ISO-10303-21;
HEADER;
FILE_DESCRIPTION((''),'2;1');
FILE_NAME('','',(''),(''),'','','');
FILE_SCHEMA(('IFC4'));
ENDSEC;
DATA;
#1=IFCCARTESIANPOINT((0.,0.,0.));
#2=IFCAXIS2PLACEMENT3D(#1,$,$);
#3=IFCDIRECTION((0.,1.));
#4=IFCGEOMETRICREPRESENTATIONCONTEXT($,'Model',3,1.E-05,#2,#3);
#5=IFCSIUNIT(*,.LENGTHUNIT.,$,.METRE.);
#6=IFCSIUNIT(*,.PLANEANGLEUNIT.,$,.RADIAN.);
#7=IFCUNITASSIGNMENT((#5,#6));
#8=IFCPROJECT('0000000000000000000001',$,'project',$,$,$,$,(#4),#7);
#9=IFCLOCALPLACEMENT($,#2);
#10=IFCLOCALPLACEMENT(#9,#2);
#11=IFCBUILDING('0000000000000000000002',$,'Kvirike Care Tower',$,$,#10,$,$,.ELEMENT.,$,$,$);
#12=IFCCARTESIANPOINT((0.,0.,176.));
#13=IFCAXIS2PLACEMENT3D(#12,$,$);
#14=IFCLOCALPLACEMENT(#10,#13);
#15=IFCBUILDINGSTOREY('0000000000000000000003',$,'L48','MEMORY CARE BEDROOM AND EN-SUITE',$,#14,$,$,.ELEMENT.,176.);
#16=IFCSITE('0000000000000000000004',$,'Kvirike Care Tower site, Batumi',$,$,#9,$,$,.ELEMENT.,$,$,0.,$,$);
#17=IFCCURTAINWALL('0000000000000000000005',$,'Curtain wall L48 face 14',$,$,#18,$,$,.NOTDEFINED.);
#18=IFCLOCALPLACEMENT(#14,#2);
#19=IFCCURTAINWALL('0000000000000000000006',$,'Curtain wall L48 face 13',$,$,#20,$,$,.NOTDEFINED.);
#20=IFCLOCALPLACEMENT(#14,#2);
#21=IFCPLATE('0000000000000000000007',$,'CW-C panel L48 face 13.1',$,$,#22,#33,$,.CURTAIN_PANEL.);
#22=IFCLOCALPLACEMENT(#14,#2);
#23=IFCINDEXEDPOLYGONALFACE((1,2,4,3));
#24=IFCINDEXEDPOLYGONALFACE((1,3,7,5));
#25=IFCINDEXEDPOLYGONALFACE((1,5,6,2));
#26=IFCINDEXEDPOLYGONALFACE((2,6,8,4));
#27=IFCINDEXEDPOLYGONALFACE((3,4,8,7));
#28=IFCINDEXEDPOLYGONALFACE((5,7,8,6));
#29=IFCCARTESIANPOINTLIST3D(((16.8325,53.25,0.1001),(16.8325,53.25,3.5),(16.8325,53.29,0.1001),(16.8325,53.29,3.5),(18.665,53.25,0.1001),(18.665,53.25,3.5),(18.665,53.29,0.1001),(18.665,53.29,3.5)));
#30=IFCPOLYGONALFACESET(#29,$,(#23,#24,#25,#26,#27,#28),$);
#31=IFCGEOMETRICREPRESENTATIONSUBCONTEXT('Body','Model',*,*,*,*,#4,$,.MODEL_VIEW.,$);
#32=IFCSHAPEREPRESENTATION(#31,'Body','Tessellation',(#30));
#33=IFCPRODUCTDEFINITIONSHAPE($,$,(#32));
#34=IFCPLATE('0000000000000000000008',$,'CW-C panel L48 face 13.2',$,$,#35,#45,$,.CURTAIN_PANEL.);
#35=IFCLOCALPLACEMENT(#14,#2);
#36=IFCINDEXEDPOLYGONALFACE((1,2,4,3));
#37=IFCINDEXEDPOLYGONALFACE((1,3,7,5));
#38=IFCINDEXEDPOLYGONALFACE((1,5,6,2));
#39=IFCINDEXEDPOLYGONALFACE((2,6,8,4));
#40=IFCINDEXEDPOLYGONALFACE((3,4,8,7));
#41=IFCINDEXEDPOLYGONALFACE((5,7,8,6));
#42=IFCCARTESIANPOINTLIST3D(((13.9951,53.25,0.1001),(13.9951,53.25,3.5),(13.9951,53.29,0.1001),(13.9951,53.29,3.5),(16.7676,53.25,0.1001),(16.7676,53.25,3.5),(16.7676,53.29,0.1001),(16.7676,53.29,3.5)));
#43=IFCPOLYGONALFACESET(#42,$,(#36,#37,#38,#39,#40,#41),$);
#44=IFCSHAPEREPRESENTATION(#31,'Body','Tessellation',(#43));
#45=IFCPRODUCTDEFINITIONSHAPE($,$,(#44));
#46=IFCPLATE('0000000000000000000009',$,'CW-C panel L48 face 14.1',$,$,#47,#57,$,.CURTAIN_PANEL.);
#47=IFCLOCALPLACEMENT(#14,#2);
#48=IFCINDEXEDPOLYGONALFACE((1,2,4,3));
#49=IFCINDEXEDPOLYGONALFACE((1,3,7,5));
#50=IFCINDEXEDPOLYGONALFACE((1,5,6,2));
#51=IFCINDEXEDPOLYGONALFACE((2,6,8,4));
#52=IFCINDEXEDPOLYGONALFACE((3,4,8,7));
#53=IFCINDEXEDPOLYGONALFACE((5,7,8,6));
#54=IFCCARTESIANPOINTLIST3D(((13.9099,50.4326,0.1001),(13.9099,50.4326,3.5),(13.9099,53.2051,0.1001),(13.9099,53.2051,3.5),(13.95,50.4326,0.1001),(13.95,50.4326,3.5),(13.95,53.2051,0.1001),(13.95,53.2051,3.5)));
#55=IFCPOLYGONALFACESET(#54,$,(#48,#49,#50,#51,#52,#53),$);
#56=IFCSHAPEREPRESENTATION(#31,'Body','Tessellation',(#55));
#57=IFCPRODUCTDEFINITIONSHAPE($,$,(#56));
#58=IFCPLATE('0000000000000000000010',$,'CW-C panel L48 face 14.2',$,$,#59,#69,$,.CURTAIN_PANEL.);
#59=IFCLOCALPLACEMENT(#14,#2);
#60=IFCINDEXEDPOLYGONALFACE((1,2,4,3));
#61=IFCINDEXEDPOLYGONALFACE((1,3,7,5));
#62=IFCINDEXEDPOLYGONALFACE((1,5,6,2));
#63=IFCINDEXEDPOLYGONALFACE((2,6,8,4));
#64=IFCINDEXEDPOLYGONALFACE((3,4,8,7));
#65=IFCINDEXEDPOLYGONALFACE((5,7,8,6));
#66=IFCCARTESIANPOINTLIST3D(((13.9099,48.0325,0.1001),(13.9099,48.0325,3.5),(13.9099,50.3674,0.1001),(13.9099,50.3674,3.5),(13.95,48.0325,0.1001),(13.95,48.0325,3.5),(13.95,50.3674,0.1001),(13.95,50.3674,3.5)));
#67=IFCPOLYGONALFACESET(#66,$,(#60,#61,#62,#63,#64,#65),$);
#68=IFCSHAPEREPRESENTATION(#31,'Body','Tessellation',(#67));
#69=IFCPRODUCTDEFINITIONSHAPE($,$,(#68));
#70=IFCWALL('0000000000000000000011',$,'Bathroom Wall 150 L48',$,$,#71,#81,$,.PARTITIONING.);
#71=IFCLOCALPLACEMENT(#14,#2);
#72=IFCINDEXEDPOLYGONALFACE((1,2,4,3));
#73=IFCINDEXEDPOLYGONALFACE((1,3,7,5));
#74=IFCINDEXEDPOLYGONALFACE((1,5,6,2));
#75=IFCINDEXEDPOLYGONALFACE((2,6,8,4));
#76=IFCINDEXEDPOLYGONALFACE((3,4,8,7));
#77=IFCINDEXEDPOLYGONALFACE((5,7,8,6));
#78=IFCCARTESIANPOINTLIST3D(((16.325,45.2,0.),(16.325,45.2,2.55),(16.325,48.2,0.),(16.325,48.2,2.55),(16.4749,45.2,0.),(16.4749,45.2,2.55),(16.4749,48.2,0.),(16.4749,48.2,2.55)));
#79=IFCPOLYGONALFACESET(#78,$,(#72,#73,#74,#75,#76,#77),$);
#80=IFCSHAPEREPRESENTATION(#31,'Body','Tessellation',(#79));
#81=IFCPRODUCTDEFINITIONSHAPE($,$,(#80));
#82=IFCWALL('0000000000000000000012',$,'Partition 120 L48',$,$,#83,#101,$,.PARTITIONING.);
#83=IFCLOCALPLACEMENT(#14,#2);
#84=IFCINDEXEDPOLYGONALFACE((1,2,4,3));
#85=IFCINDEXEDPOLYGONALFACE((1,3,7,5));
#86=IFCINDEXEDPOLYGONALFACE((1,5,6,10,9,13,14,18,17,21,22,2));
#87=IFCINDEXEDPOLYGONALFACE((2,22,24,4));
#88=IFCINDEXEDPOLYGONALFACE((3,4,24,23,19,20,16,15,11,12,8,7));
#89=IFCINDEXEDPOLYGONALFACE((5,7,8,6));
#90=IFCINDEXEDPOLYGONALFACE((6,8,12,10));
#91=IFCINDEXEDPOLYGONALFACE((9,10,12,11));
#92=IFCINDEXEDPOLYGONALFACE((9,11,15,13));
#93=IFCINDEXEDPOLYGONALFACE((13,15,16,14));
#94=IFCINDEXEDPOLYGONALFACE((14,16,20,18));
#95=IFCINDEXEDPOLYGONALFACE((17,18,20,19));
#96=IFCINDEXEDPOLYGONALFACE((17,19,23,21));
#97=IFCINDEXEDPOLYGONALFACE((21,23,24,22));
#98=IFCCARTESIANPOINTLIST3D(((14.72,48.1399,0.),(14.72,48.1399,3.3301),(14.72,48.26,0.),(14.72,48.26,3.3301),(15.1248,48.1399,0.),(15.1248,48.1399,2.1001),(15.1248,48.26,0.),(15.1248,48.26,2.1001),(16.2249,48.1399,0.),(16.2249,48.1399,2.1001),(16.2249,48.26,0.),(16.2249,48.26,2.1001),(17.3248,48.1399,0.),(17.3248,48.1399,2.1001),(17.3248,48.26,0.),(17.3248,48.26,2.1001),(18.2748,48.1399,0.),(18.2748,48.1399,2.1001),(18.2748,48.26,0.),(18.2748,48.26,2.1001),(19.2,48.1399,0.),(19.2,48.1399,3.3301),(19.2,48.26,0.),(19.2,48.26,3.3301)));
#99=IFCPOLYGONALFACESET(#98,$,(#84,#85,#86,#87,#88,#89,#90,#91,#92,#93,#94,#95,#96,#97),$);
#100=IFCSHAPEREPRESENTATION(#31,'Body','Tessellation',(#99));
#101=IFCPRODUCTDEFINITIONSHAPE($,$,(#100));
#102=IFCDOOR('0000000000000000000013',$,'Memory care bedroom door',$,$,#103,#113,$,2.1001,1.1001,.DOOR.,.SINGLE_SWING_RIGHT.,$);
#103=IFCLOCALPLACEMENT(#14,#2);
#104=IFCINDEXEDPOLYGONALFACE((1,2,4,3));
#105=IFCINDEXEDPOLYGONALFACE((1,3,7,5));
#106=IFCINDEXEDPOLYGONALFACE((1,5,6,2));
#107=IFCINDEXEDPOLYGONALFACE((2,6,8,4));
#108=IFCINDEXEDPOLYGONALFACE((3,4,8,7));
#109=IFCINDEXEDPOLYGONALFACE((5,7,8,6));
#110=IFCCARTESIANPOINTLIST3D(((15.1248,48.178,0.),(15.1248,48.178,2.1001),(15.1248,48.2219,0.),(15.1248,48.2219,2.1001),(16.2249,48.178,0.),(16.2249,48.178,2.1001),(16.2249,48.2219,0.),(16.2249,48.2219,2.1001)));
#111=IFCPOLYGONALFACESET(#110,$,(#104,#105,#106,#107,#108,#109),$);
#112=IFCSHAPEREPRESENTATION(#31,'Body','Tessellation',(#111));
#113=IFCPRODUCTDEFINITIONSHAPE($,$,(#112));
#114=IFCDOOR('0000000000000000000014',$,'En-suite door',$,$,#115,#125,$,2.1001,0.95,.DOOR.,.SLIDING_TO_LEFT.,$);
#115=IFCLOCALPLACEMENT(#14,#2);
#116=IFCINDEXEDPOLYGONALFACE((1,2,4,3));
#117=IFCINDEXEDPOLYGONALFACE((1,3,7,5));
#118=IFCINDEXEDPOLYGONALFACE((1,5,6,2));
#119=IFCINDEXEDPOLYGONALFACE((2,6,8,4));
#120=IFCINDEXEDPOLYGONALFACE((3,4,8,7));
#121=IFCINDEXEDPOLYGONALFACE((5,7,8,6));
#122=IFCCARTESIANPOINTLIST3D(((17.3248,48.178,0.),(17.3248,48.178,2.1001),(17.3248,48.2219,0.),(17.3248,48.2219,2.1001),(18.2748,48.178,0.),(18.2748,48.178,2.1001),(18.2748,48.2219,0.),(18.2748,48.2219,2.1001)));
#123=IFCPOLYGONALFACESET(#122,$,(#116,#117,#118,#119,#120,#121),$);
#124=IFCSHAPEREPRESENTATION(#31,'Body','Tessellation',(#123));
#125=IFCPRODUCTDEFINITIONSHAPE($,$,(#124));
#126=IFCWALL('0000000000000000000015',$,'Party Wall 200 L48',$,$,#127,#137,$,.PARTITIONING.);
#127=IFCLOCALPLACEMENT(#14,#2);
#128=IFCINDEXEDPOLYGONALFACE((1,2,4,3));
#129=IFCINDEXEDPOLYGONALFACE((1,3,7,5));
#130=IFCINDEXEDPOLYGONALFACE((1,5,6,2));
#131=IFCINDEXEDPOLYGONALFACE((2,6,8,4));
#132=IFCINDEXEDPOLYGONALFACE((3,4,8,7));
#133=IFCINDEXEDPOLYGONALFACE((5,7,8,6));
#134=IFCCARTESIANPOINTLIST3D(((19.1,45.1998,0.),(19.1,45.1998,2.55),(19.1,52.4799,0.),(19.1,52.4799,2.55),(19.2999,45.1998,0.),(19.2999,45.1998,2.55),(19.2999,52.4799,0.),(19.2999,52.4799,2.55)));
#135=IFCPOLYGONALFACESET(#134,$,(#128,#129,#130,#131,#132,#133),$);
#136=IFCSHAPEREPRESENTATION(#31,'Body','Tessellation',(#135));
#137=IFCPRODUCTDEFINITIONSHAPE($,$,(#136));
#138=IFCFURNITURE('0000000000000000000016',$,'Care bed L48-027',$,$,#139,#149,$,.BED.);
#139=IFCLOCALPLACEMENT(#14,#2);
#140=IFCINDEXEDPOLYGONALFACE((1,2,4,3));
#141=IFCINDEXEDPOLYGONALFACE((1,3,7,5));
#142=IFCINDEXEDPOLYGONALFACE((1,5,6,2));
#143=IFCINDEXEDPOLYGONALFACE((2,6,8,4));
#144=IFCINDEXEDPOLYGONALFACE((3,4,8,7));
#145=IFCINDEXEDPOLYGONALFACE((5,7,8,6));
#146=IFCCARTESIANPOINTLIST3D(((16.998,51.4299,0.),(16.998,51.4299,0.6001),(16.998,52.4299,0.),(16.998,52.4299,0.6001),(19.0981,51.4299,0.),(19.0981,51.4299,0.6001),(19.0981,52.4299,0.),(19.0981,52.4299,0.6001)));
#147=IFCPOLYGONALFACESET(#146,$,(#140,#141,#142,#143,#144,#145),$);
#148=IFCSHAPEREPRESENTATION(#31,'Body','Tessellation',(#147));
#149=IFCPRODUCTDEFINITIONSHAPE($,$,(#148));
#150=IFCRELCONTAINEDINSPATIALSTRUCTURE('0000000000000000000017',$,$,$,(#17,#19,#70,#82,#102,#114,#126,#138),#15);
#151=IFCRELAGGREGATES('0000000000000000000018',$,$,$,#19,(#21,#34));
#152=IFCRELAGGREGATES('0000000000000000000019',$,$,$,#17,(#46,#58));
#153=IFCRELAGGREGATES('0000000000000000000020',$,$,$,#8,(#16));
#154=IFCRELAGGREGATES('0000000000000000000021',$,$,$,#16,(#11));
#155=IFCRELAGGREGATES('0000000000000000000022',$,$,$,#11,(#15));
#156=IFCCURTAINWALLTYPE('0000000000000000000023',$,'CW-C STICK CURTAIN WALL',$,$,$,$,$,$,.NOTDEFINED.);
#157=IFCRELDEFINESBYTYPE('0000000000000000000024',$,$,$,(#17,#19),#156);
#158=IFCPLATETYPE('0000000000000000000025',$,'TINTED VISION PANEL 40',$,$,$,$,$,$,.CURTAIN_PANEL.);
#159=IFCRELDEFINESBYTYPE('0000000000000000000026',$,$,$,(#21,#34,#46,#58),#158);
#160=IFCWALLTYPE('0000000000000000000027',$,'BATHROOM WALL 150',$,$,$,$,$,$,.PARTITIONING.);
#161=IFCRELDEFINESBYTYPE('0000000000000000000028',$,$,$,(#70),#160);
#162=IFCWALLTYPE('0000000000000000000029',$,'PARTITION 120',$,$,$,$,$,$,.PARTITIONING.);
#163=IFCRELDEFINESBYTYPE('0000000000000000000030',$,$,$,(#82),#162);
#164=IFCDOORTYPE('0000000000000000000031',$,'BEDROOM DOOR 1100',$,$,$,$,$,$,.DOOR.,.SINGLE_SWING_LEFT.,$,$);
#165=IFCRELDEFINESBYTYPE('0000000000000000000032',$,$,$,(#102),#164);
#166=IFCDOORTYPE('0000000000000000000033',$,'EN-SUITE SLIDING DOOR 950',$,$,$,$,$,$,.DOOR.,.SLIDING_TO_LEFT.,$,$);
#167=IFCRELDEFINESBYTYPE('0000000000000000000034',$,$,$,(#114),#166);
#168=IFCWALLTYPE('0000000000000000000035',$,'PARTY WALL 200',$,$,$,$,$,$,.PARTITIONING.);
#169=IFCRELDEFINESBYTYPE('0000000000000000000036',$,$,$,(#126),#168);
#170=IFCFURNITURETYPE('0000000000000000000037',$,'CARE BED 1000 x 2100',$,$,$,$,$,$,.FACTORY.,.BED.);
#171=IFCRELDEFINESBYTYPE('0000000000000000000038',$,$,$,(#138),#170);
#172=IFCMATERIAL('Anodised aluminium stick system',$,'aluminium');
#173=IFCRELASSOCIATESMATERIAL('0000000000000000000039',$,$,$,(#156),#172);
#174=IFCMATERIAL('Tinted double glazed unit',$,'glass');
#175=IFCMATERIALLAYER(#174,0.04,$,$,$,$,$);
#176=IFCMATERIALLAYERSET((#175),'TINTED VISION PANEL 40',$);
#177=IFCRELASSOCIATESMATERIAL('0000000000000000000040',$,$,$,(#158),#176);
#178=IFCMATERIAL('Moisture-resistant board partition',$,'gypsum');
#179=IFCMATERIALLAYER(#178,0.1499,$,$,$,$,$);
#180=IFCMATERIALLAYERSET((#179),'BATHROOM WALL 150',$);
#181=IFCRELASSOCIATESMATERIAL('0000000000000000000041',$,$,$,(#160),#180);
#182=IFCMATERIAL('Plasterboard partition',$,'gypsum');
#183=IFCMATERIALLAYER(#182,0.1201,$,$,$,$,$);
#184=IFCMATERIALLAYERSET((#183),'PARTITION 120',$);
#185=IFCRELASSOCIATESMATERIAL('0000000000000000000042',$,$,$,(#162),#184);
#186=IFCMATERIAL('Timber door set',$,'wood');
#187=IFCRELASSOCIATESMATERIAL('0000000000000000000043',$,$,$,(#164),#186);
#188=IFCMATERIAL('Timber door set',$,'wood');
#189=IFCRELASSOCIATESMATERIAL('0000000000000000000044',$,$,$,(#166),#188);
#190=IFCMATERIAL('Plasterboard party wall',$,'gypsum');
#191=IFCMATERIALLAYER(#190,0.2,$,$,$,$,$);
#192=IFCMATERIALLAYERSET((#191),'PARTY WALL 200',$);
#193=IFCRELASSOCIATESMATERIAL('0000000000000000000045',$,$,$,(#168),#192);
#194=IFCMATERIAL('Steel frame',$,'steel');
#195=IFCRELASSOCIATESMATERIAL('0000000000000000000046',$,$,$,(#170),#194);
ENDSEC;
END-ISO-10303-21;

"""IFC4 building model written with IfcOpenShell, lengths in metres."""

from ifc_helpers import new_model, si_unit, direction, frame, frame_2d, origin, origin_2d, place, context, subcontext, project, spatial, rectangle, extrude, material, layer, layer_set, type_object, element, fill, aggregate, save


model = new_model("IFC4")

# Units and contexts
model_context = context("Model", 3, precision=1e-05, world=origin(), true_north=direction((0.0, 1.0)))
body_context = subcontext(model_context, "Body", "Model", "MODEL_VIEW")
ifc_project = project(units=[si_unit("LENGTHUNIT", "METRE"), si_unit("PLANEANGLEUNIT", "RADIAN")], contexts=[model_context])

# Site, building, storey
site_placement = place(None, origin())
site = spatial("IfcSite", under=ifc_project, at=site_placement, Name="Kvirike Care Tower site, Batumi", CompositionType="ELEMENT", RefElevation=0.0)
building_placement = place(site_placement, origin())
building = spatial("IfcBuilding", under=site, at=building_placement, Name="Kvirike Care Tower", CompositionType="ELEMENT")
storey_placement = place(building_placement, frame((0.0, 0.0, 176.0)))
storey = spatial("IfcBuildingStorey", under=building, at=storey_placement, Name="L48", Description="MEMORY CARE BEDROOM AND EN-SUITE", CompositionType="ELEMENT", Elevation=176.0)

# Curtain wall
ifc_material_1 = material(Name="Anodised aluminium stick system", Category="aluminium")
curtain_wall_type = type_object("IfcCurtainWallType", Name="CW-C STICK CURTAIN WALL", PredefinedType="NOTDEFINED", material=ifc_material_1)
curtain_wall_1_placement = place(storey_placement, origin())
curtain_wall_1 = element("IfcCurtainWall", 1, at=curtain_wall_1_placement, inside=storey, type_object=curtain_wall_type, Name="Curtain wall L48 face 14", PredefinedType="NOTDEFINED")

# Curtain wall
curtain_wall_2_placement = place(storey_placement, origin())
curtain_wall_2 = element("IfcCurtainWall", 2, at=curtain_wall_2_placement, inside=storey, type_object=curtain_wall_type, Name="Curtain wall L48 face 13", PredefinedType="NOTDEFINED")

# Plates
ifc_material_2 = material(Name="Tinted double glazed unit", Category="glass")
ifc_layer_1 = layer(ifc_material_2, 0.04)
ifc_layer_set_1 = layer_set([ifc_layer_1], Name="TINTED VISION PANEL 40")
plate_type = type_object("IfcPlateType", Name="TINTED VISION PANEL 40", PredefinedType="CURTAIN_PANEL", material=ifc_layer_set_1)
plate_1_placement = place(storey_placement, frame((17.7488, 53.27, 0.1001), z_axis=(0.0, 0.0, 1.0), x_axis=(-1.0, 0.0, 0.0)))
plate_1 = element("IfcPlate", 3, at=plate_1_placement, type_object=plate_type, Name="CW-C panel L48 face 13.1", PredefinedType="CURTAIN_PANEL", context=body_context, shape_type="SweptSolid", body=[
    extrude(rectangle(XDim=1.8325, YDim=0.04, at=origin_2d()), origin(), (0.0, 0.0, 1.0), 3.3999),
])
plate_2_placement = place(storey_placement, frame((15.3813, 53.27, 0.1001), z_axis=(0.0, 0.0, 1.0), x_axis=(-1.0, 0.0, 0.0)))
plate_2 = element("IfcPlate", 4, at=plate_2_placement, type_object=plate_type, Name="CW-C panel L48 face 13.2", PredefinedType="CURTAIN_PANEL", context=body_context, shape_type="SweptSolid", body=[
    extrude(rectangle(XDim=2.7725, YDim=0.04, at=origin_2d()), origin(), (0.0, 0.0, 1.0), 3.3999),
])
aggregate(curtain_wall_2, [plate_1, plate_2])
plate_3_placement = place(storey_placement, frame((13.9299, 51.8188, 0.1001), z_axis=(0.0, 0.0, 1.0), x_axis=(0.0, -1.0, 0.0)))
plate_3 = element("IfcPlate", 5, at=plate_3_placement, type_object=plate_type, Name="CW-C panel L48 face 14.1", PredefinedType="CURTAIN_PANEL", context=body_context, shape_type="SweptSolid", body=[
    extrude(rectangle(XDim=2.7725, YDim=0.04, at=origin_2d()), origin(), (0.0, 0.0, 1.0), 3.3999),
])
plate_4_placement = place(storey_placement, frame((13.9299, 49.2, 0.1001), z_axis=(0.0, 0.0, 1.0), x_axis=(0.0, -1.0, 0.0)))
plate_4 = element("IfcPlate", 6, at=plate_4_placement, type_object=plate_type, Name="CW-C panel L48 face 14.2", PredefinedType="CURTAIN_PANEL", context=body_context, shape_type="SweptSolid", body=[
    extrude(rectangle(XDim=2.335, YDim=0.04, at=origin_2d()), origin(), (0.0, 0.0, 1.0), 3.3999),
])
aggregate(curtain_wall_1, [plate_3, plate_4])

# Wall
ifc_material_3 = material(Name="Moisture-resistant board partition", Category="gypsum")
ifc_layer_2 = layer(ifc_material_3, 0.1499)
ifc_layer_set_2 = layer_set([ifc_layer_2], Name="BATHROOM WALL 150")
wall_type_1 = type_object("IfcWallType", Name="BATHROOM WALL 150", PredefinedType="PARTITIONING", material=ifc_layer_set_2)
wall_1_placement = place(storey_placement, frame((16.3999, 48.2, 0.0), z_axis=(0.0, 0.0, 1.0), x_axis=(0.0, -1.0, 0.0)))
element("IfcWall", 7, at=wall_1_placement, inside=storey, type_object=wall_type_1, Name="Bathroom Wall 150 L48", PredefinedType="PARTITIONING", context=body_context, shape_type="SweptSolid", body=[
    extrude(rectangle(XDim=3.0, YDim=0.1499, at=frame_2d((1.5, 0.0))), origin(), (0.0, 0.0, 1.0), 2.55),
])

# Wall, openings, doors
ifc_material_4 = material(Name="Plasterboard partition", Category="gypsum")
ifc_layer_3 = layer(ifc_material_4, 0.1201)
ifc_layer_set_3 = layer_set([ifc_layer_3], Name="PARTITION 120")
wall_type_2 = type_object("IfcWallType", Name="PARTITION 120", PredefinedType="PARTITIONING", material=ifc_layer_set_3)
wall_2_placement = place(storey_placement, frame((19.2, 48.2, 0.0), z_axis=(0.0, 0.0, 1.0), x_axis=(-1.0, 0.0, 0.0)))
wall_2 = element("IfcWall", 8, at=wall_2_placement, inside=storey, type_object=wall_type_2, Name="Partition 120 L48", PredefinedType="PARTITIONING", context=body_context, shape_type="SweptSolid", body=[
    extrude(rectangle(XDim=4.48, YDim=0.1201, at=frame_2d((2.24, 0.0))), origin(), (0.0, 0.0, 1.0), 3.3301),
])
opening_1_placement = place(wall_2_placement, frame((2.9751, 0.0, 0.0)))
opening_1 = element("IfcOpeningElement", 9, at=opening_1_placement, cuts=wall_2, PredefinedType="OPENING", context=body_context, shape_type="SweptSolid", body=[
    extrude(rectangle(XDim=1.1001, YDim=2.1001, at=frame_2d((0.55, 1.05))), frame((0.0, 0.0706, 0.0), z_axis=(0.0, -1.0, 0.0), x_axis=(1.0, 0.0, 0.0)), (0.0, 0.0, 1.0), 0.1411),
])
opening_2_placement = place(wall_2_placement, frame((0.925, 0.0, 0.0)))
opening_2 = element("IfcOpeningElement", 10, at=opening_2_placement, cuts=wall_2, PredefinedType="OPENING", context=body_context, shape_type="SweptSolid", body=[
    extrude(rectangle(XDim=0.95, YDim=2.1001, at=frame_2d((0.4751, 1.05))), frame((0.0, 0.0706, 0.0), z_axis=(0.0, -1.0, 0.0), x_axis=(1.0, 0.0, 0.0)), (0.0, 0.0, 1.0), 0.1411),
])
ifc_material_5 = material(Name="Timber door set", Category="wood")
door_type_1 = type_object("IfcDoorType", Name="BEDROOM DOOR 1100", OperationType="SINGLE_SWING_LEFT", PredefinedType="DOOR", material=ifc_material_5)
door_1_placement = place(opening_1_placement, origin())
door_1 = element("IfcDoor", 11, at=door_1_placement, inside=storey, type_object=door_type_1, Name="Memory care bedroom door", OperationType="SINGLE_SWING_RIGHT", OverallHeight=2.1001, OverallWidth=1.1001, PredefinedType="DOOR", context=body_context, shape_type="SweptSolid", body=[
    extrude(rectangle(XDim=1.1001, YDim=2.1001, at=frame_2d((0.55, 1.05))), frame((0.0, 0.022, 0.0), z_axis=(0.0, -1.0, 0.0), x_axis=(1.0, 0.0, 0.0)), (0.0, 0.0, 1.0), 0.0439),
])
fill(opening_1, door_1)
ifc_material_6 = material(Name="Timber door set", Category="wood")
door_type_2 = type_object("IfcDoorType", Name="EN-SUITE SLIDING DOOR 950", OperationType="SLIDING_TO_LEFT", PredefinedType="DOOR", material=ifc_material_6)
door_2_placement = place(opening_2_placement, origin())
door_2 = element("IfcDoor", 12, at=door_2_placement, inside=storey, type_object=door_type_2, Name="En-suite door", OperationType="SLIDING_TO_LEFT", OverallHeight=2.1001, OverallWidth=0.95, PredefinedType="DOOR", context=body_context, shape_type="SweptSolid", body=[
    extrude(rectangle(XDim=0.95, YDim=2.1001, at=frame_2d((0.4751, 1.05))), frame((0.0, 0.022, 0.0), z_axis=(0.0, -1.0, 0.0), x_axis=(1.0, 0.0, 0.0)), (0.0, 0.0, 1.0), 0.0439),
])
fill(opening_2, door_2)

# Wall
ifc_material_7 = material(Name="Plasterboard party wall", Category="gypsum")
ifc_layer_4 = layer(ifc_material_7, 0.2)
ifc_layer_set_4 = layer_set([ifc_layer_4], Name="PARTY WALL 200")
wall_type_3 = type_object("IfcWallType", Name="PARTY WALL 200", PredefinedType="PARTITIONING", material=ifc_layer_set_4)
wall_3_placement = place(storey_placement, frame((19.2, 52.48, 0.0), z_axis=(0.0, 0.0, 1.0), x_axis=(0.0, -1.0, 0.0)))
element("IfcWall", 13, at=wall_3_placement, inside=storey, type_object=wall_type_3, Name="Party Wall 200 L48", PredefinedType="PARTITIONING", context=body_context, shape_type="SweptSolid", body=[
    extrude(rectangle(XDim=7.28, YDim=0.2, at=frame_2d((3.6401, 0.0))), origin(), (0.0, 0.0, 1.0), 2.55),
])

# Furniture
ifc_material_8 = material(Name="Steel frame", Category="steel")
furniture_type = type_object("IfcFurnitureType", Name="CARE BED 1000 x 2100", AssemblyPlace="FACTORY", PredefinedType="BED", material=ifc_material_8)
furniture_placement = place(storey_placement, frame((18.0481, 51.9299, 0.0), z_axis=(0.0, 0.0, 1.0), x_axis=(0.0, -1.0, 0.0)))
element("IfcFurniture", 14, at=furniture_placement, inside=storey, type_object=furniture_type, Name="Care bed L48-027", PredefinedType="BED", context=body_context, shape_type="SweptSolid", body=[
    extrude(rectangle(XDim=1.0, YDim=2.1001, at=origin_2d()), origin(), (0.0, 0.0, 1.0), 0.6001),
])

save(model, "model.ifc")
